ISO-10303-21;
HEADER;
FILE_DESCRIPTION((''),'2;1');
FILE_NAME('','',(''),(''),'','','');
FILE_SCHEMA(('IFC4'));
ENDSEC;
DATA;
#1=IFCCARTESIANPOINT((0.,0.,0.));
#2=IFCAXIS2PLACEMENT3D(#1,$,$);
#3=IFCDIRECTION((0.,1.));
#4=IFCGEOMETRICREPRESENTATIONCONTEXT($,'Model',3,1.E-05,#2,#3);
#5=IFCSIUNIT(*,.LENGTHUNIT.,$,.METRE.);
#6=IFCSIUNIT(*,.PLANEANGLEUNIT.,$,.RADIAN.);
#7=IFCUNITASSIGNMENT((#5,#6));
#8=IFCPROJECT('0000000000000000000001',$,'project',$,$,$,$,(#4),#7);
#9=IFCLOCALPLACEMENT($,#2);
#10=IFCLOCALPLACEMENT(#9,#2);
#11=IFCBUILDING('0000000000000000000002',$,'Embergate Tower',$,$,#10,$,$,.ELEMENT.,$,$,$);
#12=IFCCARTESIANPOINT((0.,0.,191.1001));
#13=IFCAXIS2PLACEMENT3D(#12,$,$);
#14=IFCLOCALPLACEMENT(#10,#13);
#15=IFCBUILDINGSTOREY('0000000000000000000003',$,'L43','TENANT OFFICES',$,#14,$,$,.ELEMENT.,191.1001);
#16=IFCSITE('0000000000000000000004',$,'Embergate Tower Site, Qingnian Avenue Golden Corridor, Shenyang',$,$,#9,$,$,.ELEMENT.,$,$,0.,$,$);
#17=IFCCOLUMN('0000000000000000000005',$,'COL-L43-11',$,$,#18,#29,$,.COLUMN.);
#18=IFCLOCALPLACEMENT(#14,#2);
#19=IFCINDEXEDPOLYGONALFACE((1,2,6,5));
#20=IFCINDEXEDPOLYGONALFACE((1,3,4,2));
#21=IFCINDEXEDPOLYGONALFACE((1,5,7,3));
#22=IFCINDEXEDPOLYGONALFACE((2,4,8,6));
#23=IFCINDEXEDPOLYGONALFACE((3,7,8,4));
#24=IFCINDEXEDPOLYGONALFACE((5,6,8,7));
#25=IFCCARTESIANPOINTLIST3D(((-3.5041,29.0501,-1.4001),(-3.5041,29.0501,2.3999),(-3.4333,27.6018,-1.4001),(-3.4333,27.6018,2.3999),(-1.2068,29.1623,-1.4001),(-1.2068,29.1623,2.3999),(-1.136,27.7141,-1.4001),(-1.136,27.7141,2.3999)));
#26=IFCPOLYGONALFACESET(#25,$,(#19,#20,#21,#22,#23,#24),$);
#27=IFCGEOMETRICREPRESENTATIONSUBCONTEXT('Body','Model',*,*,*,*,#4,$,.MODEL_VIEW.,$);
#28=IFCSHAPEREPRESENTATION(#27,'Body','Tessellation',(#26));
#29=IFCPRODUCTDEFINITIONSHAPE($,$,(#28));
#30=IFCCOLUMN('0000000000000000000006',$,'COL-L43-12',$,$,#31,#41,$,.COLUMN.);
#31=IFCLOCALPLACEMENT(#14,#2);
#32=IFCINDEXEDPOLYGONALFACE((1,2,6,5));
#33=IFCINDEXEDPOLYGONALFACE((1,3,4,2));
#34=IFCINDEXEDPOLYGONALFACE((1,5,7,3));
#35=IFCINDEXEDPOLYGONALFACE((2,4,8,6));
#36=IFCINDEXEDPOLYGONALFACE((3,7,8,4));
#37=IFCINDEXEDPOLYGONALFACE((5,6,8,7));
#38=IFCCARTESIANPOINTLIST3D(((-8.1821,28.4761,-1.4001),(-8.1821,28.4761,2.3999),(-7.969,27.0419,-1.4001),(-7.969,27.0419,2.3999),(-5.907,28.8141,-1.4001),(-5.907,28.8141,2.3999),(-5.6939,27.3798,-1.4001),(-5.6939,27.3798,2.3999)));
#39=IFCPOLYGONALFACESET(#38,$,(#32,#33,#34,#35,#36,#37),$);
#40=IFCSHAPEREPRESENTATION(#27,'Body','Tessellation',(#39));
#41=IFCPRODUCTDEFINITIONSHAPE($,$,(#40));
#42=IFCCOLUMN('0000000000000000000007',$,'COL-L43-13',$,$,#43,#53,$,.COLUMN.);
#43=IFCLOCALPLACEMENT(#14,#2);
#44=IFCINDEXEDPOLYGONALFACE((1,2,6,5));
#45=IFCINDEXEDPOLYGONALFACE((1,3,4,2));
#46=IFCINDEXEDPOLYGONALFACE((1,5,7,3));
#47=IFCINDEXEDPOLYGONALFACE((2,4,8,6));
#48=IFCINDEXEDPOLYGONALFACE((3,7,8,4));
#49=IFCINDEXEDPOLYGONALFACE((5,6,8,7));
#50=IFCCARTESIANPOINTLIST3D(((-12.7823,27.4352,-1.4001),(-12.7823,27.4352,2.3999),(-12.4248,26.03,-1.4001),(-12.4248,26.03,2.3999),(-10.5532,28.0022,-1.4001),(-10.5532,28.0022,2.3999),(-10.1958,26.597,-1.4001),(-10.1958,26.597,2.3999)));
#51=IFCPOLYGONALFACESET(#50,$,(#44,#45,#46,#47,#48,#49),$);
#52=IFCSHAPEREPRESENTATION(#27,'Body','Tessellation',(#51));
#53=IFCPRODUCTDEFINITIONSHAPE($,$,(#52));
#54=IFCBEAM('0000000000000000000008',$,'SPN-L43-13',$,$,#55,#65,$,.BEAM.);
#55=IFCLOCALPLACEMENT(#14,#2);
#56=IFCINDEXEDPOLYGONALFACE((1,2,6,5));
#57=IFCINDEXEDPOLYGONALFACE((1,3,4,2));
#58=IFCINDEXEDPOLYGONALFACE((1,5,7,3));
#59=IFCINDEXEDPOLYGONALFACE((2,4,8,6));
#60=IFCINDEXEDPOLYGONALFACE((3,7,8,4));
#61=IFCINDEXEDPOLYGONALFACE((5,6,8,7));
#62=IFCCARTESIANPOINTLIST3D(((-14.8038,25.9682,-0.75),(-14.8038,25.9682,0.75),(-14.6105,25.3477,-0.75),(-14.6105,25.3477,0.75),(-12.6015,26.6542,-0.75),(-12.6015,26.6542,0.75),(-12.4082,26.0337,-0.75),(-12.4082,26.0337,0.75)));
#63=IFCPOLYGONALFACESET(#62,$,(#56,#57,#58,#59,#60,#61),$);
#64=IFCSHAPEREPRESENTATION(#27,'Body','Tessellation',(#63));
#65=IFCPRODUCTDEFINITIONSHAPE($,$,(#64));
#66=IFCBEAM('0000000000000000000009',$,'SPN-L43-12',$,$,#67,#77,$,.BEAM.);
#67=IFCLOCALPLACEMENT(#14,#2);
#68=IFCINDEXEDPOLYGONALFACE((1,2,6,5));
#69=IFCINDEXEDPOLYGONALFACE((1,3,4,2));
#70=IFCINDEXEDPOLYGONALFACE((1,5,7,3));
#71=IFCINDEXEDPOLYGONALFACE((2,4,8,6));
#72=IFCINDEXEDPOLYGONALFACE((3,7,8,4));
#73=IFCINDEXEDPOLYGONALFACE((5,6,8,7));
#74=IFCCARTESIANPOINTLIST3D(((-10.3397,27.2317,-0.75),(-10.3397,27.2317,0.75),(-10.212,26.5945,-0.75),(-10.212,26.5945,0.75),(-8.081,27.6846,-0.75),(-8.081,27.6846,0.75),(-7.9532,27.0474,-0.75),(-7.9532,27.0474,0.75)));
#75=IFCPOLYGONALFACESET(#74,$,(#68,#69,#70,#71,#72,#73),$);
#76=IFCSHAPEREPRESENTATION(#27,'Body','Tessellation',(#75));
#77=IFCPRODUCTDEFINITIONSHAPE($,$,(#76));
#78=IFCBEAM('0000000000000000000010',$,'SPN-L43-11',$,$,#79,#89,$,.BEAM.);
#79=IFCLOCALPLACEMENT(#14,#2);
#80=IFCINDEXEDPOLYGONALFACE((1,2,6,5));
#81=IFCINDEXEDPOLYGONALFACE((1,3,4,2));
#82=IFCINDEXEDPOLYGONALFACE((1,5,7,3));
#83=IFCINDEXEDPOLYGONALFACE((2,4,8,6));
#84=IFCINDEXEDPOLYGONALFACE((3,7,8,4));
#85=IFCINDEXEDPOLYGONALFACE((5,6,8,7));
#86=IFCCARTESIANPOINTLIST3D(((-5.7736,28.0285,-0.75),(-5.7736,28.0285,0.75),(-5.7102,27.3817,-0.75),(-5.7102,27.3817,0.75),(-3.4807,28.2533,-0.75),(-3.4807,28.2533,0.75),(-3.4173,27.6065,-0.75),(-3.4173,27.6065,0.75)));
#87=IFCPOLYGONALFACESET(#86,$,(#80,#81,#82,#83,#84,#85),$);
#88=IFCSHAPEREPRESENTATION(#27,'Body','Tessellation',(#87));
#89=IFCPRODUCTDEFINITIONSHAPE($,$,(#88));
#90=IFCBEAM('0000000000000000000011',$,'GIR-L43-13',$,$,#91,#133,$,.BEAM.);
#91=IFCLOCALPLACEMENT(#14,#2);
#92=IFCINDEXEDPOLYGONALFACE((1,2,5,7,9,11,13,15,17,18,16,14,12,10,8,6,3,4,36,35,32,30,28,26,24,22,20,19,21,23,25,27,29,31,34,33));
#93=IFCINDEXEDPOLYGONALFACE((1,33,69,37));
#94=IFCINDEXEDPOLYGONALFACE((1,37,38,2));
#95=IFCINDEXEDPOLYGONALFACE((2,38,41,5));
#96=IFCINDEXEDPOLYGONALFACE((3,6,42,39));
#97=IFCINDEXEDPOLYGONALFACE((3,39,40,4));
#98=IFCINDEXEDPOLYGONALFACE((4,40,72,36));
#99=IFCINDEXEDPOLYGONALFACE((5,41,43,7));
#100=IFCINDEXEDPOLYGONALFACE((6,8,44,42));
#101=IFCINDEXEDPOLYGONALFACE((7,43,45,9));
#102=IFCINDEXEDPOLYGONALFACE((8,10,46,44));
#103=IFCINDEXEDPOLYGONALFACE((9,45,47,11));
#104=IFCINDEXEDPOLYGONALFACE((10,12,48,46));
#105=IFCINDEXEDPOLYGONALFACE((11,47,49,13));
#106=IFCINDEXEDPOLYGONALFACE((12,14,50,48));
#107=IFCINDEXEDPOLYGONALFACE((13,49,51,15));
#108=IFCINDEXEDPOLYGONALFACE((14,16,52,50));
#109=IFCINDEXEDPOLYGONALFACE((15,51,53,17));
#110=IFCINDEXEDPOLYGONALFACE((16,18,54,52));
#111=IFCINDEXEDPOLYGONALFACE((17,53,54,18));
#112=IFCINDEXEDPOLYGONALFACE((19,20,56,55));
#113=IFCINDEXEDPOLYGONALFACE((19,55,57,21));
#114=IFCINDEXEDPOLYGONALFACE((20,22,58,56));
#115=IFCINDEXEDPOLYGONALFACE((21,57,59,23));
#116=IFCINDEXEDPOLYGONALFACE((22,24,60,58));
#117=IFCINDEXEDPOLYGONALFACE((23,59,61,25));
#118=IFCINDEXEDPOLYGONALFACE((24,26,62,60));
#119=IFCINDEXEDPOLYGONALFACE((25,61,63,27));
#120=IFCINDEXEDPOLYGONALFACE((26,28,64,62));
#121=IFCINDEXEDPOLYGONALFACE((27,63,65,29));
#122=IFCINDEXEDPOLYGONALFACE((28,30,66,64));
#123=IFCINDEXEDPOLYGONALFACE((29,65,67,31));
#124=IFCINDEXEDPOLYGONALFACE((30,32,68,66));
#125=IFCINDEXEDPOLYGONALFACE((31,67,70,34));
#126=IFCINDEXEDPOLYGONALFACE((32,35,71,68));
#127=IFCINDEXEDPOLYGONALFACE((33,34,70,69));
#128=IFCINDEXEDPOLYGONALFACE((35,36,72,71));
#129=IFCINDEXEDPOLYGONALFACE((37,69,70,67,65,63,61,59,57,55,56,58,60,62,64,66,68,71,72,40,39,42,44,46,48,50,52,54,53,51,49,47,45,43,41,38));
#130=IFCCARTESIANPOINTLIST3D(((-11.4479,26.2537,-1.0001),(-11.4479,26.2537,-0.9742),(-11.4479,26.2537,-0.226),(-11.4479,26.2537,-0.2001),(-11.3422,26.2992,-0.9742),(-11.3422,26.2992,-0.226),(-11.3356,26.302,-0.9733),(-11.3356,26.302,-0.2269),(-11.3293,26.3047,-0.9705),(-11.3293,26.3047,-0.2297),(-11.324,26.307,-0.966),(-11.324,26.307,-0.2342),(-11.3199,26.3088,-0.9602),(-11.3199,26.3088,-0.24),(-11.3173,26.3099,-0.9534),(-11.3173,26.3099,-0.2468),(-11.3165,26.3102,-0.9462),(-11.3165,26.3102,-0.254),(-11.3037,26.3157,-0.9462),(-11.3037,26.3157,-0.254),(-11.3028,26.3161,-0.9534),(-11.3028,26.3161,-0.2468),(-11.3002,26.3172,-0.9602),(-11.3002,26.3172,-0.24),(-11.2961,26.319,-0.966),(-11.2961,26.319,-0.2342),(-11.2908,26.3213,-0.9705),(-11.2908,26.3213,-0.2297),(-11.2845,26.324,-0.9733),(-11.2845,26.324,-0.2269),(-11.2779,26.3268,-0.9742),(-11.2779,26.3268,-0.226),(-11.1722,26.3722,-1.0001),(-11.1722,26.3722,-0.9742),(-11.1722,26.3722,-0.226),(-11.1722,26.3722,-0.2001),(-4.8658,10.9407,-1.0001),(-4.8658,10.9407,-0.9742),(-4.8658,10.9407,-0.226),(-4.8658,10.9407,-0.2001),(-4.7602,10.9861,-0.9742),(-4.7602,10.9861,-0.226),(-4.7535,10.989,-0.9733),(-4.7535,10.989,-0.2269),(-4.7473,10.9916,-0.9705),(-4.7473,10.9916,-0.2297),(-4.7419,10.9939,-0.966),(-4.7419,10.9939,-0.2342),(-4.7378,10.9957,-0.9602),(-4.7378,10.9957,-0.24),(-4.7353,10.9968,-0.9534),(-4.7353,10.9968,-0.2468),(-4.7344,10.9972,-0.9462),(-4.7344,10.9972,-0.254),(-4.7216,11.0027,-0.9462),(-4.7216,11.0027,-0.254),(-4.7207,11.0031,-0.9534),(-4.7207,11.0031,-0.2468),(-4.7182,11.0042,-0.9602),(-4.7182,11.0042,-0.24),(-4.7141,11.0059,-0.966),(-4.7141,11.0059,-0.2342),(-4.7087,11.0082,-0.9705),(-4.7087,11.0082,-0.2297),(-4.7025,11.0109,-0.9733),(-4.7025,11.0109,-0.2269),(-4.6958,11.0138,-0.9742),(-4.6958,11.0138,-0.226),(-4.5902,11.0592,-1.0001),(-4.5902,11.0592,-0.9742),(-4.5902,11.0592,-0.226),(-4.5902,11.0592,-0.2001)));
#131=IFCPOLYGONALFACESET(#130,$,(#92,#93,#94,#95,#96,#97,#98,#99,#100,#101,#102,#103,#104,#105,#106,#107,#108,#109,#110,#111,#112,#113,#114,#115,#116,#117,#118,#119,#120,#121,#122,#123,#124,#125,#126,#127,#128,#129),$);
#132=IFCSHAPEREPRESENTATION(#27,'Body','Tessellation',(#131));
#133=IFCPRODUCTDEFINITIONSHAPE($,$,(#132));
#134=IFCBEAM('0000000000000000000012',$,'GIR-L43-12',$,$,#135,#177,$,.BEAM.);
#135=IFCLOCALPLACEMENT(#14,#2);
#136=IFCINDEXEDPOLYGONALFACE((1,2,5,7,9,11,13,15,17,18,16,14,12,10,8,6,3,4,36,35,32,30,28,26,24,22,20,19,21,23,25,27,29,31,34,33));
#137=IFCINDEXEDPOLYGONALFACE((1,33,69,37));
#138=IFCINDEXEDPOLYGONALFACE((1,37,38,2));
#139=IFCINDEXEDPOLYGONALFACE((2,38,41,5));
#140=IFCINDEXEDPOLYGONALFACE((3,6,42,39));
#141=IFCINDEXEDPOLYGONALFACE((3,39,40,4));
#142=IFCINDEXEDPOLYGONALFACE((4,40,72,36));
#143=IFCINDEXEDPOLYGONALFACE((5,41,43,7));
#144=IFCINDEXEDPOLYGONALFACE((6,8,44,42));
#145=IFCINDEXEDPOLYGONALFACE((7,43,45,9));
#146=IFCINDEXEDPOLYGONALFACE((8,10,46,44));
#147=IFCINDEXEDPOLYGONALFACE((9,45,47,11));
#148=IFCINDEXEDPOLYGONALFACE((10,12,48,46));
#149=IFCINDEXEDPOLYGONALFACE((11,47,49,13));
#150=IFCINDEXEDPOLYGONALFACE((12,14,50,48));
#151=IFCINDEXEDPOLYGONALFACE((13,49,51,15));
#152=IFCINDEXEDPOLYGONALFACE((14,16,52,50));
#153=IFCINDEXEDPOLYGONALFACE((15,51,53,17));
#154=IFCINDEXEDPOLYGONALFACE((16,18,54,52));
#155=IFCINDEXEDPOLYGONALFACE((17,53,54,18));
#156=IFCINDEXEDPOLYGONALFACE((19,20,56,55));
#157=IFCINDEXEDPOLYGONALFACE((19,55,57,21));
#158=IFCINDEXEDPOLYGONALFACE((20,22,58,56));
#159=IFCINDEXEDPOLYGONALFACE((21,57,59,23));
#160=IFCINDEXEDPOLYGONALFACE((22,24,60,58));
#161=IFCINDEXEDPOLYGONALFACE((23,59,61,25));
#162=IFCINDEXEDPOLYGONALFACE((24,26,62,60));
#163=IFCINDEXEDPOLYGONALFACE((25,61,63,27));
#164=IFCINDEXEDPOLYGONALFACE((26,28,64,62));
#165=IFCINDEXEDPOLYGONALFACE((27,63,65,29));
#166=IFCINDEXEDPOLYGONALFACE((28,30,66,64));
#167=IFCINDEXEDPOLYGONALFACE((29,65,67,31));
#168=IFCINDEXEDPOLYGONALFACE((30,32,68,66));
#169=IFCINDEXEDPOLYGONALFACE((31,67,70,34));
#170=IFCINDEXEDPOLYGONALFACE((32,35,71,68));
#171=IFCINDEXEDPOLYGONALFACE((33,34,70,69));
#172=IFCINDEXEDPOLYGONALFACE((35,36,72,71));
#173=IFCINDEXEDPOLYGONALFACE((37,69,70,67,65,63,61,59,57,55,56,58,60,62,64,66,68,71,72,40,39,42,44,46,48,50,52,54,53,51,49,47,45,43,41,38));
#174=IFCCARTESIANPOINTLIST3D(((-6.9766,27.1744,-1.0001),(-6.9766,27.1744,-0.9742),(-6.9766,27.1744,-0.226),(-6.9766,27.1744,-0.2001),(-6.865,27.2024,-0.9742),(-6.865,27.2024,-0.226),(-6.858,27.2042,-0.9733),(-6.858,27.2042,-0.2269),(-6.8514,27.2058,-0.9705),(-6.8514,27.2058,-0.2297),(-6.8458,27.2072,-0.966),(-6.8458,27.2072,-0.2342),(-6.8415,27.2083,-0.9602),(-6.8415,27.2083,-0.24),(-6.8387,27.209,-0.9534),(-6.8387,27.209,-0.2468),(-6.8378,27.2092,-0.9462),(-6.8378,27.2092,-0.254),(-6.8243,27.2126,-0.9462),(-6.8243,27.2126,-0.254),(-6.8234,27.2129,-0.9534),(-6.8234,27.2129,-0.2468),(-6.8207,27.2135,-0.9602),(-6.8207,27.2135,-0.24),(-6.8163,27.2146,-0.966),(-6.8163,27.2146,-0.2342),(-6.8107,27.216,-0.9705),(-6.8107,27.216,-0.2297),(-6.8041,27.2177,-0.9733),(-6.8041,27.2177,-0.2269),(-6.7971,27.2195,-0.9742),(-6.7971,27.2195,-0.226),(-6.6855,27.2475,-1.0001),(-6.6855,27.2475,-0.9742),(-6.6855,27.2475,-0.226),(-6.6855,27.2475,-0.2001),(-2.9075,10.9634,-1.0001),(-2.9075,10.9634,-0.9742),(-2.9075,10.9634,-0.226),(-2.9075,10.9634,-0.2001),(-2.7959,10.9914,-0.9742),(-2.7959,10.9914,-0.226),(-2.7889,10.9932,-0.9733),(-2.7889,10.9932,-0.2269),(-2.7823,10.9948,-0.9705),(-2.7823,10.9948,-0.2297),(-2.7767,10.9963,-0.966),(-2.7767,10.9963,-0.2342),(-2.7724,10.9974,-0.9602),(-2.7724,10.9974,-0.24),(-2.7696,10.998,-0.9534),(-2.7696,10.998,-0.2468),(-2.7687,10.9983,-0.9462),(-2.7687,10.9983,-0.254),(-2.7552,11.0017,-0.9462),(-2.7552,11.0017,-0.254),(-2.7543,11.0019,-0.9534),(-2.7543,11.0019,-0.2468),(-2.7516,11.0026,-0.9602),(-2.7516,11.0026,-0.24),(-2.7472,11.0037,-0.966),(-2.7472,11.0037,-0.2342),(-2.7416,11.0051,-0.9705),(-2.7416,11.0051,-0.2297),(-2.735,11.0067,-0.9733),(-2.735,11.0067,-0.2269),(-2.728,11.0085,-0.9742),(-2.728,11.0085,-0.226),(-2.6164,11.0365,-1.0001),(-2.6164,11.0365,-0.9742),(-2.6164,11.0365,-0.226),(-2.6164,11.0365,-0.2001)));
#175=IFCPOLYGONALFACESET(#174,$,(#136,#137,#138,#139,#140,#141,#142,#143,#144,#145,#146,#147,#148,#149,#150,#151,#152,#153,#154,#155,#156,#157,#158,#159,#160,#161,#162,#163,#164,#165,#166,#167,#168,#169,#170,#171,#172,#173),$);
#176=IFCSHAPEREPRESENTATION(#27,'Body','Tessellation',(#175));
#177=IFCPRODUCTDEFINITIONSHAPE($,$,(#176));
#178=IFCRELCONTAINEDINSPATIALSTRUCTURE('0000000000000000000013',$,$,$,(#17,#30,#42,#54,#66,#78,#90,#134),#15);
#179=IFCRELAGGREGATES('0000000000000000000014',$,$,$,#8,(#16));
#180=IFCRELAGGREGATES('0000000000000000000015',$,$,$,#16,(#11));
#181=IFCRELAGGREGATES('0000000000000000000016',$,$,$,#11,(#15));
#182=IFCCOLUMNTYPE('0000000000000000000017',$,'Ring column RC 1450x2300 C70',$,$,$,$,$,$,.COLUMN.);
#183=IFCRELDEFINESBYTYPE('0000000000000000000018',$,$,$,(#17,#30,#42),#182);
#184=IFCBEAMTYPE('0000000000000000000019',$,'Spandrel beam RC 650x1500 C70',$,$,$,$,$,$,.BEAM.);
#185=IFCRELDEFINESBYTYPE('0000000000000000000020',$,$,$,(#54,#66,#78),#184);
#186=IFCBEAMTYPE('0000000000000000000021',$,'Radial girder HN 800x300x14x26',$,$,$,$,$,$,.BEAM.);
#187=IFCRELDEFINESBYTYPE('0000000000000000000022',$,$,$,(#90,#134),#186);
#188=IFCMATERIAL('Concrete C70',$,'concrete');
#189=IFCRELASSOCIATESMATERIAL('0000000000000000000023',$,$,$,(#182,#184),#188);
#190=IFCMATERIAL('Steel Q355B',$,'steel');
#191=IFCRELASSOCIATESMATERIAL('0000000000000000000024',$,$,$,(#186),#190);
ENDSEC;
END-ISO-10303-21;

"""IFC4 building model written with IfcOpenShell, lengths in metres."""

from ifc_helpers import new_model, si_unit, direction, frame, origin, origin_2d, place, context, subcontext, project, spatial, rectangle, i_section, extrude, source, transform, mapped, material, material_profile, profile_set, type_object, element, save


model = new_model("IFC4")

# Units and contexts
model_context = context("Model", 3, precision=1e-05, world=origin(), true_north=direction((0.0, 1.0)))
body_context = subcontext(model_context, "Body", "Model", "MODEL_VIEW")
ifc_project = project(units=[si_unit("LENGTHUNIT", "METRE"), si_unit("PLANEANGLEUNIT", "RADIAN")], contexts=[model_context])

# Site, building, storey
site_placement = place(None, origin())
site = spatial("IfcSite", under=ifc_project, at=site_placement, Name="Embergate Tower Site, Qingnian Avenue Golden Corridor, Shenyang", CompositionType="ELEMENT", RefElevation=0.0)
building_placement = place(site_placement, origin())
building = spatial("IfcBuilding", under=site, at=building_placement, Name="Embergate Tower", CompositionType="ELEMENT")
storey_placement = place(building_placement, frame((0.0, 0.0, 191.1001)))
storey = spatial("IfcBuildingStorey", under=building, at=storey_placement, Name="L43", Description="TENANT OFFICES", CompositionType="ELEMENT", Elevation=191.1001)

# Columns
ifc_material_1 = material(Name="Concrete C70", Category="concrete")
ifc_material_profile_1 = material_profile(ifc_material_1, rectangle(XDim=1.45, YDim=2.3, at=origin_2d()), Name="RC 1450x2300")
ifc_profile_set_1 = profile_set([ifc_material_profile_1], Name="Concrete C70")
column_type = type_object("IfcColumnType", Name="Ring column RC 1450x2300 C70", PredefinedType="COLUMN", material=ifc_profile_set_1)
shared_shape_1 = source(origin(), body_context, "Body", "SweptSolid", [
    extrude(rectangle(XDim=1.45, YDim=2.3, at=origin_2d()), origin(), (0.0, 0.0, 1.0), 3.8),
])
for number, where, z_axis, x_axis, name in (
    (1, (-2.3201, 28.3821, -1.4001), (0.0, 0.0, 1.0), (-0.048815, 0.998808, 0.0), "COL-L43-11"),
    (2, (-6.938, 27.928, -1.4001), (0.0, 0.0, 1.0), (-0.146929, 0.989147, 0.0), "COL-L43-12"),
    (3, (-11.489, 27.0161, -1.4001), (0.0, 0.0, 1.0), (-0.246509, 0.969141, 0.0), "COL-L43-13"),
):
    element("IfcColumn", number, at=place(storey_placement, frame(where, z_axis=z_axis, x_axis=x_axis)), inside=storey, type_object=column_type, Name=name, PredefinedType="COLUMN", context=body_context, shape_type="MappedRepresentation", body=[
        mapped(shared_shape_1, transform((0.0, 0.0, 0.0))),
    ])

# Beams
ifc_material_profile_2 = material_profile(ifc_material_1, rectangle(XDim=0.6499, YDim=1.5, at=origin_2d()), Name="RC 650x1500")
ifc_profile_set_2 = profile_set([ifc_material_profile_2], Name="Concrete C70")
beam_type_1 = type_object("IfcBeamType", Name="Spandrel beam RC 650x1500 C70", PredefinedType="BEAM", material=ifc_profile_set_2)
shared_shape_2 = source(origin(), body_context, "Body", "SweptSolid", [
    extrude(rectangle(XDim=0.6499, YDim=1.5, at=origin_2d()), origin(), (0.0, 0.0, 1.0), 2.3066),
])
beam_1_placement = place(storey_placement, frame((-12.5049, 26.344, 0.0), z_axis=(-0.954743, -0.297431, 0.0), x_axis=(0.297431, -0.954743, 0.0)))
element("IfcBeam", 4, at=beam_1_placement, inside=storey, type_object=beam_type_1, Name="SPN-L43-13", PredefinedType="BEAM", context=body_context, shape_type="MappedRepresentation", body=[
    mapped(shared_shape_2, transform((0.0, 0.0, 0.0))),
])
shared_shape_3 = source(origin(), body_context, "Body", "SweptSolid", [
    extrude(rectangle(XDim=0.6499, YDim=1.5, at=origin_2d()), origin(), (0.0, 0.0, 1.0), 2.3037),
])
beam_2_placement = place(storey_placement, frame((-8.0171, 27.366, 0.0), z_axis=(-0.980487, -0.196585, 0.0), x_axis=(0.196585, -0.980487, 0.0)))
element("IfcBeam", 5, at=beam_2_placement, inside=storey, type_object=beam_type_1, Name="SPN-L43-12", PredefinedType="BEAM", context=body_context, shape_type="MappedRepresentation", body=[
    mapped(shared_shape_3, transform((0.0, 0.0, 0.0))),
])
shared_shape_4 = source(origin(), body_context, "Body", "SweptSolid", [
    extrude(rectangle(XDim=0.6499, YDim=1.5, at=origin_2d()), origin(), (0.0, 0.0, 1.0), 2.304),
])
beam_3_placement = place(storey_placement, frame((-3.449, 27.9299, 0.0), z_axis=(-0.995226, -0.097594, 0.0), x_axis=(0.097594, -0.995226, 0.0)))
element("IfcBeam", 6, at=beam_3_placement, inside=storey, type_object=beam_type_1, Name="SPN-L43-11", PredefinedType="BEAM", context=body_context, shape_type="MappedRepresentation", body=[
    mapped(shared_shape_4, transform((0.0, 0.0, 0.0))),
])
ifc_material_2 = material(Name="Steel Q355B", Category="steel")
ifc_material_profile_3 = material_profile(ifc_material_2, i_section(OverallWidth=0.3, OverallDepth=0.8, WebThickness=0.0139, FlangeThickness=0.0259, FilletRadius=0.0281, at=origin_2d()), Name="HN 800x300x14x26")
ifc_profile_set_3 = profile_set([ifc_material_profile_3], Name="Steel Q355 grade B")
beam_type_2 = type_object("IfcBeamType", Name="Radial girder HN 800x300x14x26", PredefinedType="BEAM", material=ifc_profile_set_3)
shared_shape_5 = source(origin(), body_context, "Body", "SweptSolid", [
    extrude(i_section(OverallWidth=0.3, OverallDepth=0.8, WebThickness=0.0139, FlangeThickness=0.0259, FilletRadius=0.0281, at=origin_2d()), origin(), (0.0, 0.0, 1.0), 16.6677),
])
beam_4_placement = place(storey_placement, frame((-11.3101, 26.313, -0.6001), z_axis=(0.394898, -0.918725, 0.0), x_axis=(0.918725, 0.394898, 0.0)))
element("IfcBeam", 7, at=beam_4_placement, inside=storey, type_object=beam_type_2, Name="GIR-L43-13", PredefinedType="BEAM", context=body_context, shape_type="MappedRepresentation", body=[
    mapped(shared_shape_5, transform((0.0, 0.0, 0.0))),
])
shared_shape_6 = source(origin(), body_context, "Body", "SweptSolid", [
    extrude(i_section(OverallWidth=0.3, OverallDepth=0.8, WebThickness=0.0139, FlangeThickness=0.0259, FilletRadius=0.0281, at=origin_2d()), origin(), (0.0, 0.0, 1.0), 16.7139),
])
beam_5_placement = place(storey_placement, frame((-6.8311, 27.2109, -0.6001), z_axis=(0.243457, -0.969912, 0.0), x_axis=(0.969912, 0.243457, 0.0)))
element("IfcBeam", 8, at=beam_5_placement, inside=storey, type_object=beam_type_2, Name="GIR-L43-12", PredefinedType="BEAM", context=body_context, shape_type="MappedRepresentation", body=[
    mapped(shared_shape_6, transform((0.0, 0.0, 0.0))),
])

save(model, "model.ifc")
